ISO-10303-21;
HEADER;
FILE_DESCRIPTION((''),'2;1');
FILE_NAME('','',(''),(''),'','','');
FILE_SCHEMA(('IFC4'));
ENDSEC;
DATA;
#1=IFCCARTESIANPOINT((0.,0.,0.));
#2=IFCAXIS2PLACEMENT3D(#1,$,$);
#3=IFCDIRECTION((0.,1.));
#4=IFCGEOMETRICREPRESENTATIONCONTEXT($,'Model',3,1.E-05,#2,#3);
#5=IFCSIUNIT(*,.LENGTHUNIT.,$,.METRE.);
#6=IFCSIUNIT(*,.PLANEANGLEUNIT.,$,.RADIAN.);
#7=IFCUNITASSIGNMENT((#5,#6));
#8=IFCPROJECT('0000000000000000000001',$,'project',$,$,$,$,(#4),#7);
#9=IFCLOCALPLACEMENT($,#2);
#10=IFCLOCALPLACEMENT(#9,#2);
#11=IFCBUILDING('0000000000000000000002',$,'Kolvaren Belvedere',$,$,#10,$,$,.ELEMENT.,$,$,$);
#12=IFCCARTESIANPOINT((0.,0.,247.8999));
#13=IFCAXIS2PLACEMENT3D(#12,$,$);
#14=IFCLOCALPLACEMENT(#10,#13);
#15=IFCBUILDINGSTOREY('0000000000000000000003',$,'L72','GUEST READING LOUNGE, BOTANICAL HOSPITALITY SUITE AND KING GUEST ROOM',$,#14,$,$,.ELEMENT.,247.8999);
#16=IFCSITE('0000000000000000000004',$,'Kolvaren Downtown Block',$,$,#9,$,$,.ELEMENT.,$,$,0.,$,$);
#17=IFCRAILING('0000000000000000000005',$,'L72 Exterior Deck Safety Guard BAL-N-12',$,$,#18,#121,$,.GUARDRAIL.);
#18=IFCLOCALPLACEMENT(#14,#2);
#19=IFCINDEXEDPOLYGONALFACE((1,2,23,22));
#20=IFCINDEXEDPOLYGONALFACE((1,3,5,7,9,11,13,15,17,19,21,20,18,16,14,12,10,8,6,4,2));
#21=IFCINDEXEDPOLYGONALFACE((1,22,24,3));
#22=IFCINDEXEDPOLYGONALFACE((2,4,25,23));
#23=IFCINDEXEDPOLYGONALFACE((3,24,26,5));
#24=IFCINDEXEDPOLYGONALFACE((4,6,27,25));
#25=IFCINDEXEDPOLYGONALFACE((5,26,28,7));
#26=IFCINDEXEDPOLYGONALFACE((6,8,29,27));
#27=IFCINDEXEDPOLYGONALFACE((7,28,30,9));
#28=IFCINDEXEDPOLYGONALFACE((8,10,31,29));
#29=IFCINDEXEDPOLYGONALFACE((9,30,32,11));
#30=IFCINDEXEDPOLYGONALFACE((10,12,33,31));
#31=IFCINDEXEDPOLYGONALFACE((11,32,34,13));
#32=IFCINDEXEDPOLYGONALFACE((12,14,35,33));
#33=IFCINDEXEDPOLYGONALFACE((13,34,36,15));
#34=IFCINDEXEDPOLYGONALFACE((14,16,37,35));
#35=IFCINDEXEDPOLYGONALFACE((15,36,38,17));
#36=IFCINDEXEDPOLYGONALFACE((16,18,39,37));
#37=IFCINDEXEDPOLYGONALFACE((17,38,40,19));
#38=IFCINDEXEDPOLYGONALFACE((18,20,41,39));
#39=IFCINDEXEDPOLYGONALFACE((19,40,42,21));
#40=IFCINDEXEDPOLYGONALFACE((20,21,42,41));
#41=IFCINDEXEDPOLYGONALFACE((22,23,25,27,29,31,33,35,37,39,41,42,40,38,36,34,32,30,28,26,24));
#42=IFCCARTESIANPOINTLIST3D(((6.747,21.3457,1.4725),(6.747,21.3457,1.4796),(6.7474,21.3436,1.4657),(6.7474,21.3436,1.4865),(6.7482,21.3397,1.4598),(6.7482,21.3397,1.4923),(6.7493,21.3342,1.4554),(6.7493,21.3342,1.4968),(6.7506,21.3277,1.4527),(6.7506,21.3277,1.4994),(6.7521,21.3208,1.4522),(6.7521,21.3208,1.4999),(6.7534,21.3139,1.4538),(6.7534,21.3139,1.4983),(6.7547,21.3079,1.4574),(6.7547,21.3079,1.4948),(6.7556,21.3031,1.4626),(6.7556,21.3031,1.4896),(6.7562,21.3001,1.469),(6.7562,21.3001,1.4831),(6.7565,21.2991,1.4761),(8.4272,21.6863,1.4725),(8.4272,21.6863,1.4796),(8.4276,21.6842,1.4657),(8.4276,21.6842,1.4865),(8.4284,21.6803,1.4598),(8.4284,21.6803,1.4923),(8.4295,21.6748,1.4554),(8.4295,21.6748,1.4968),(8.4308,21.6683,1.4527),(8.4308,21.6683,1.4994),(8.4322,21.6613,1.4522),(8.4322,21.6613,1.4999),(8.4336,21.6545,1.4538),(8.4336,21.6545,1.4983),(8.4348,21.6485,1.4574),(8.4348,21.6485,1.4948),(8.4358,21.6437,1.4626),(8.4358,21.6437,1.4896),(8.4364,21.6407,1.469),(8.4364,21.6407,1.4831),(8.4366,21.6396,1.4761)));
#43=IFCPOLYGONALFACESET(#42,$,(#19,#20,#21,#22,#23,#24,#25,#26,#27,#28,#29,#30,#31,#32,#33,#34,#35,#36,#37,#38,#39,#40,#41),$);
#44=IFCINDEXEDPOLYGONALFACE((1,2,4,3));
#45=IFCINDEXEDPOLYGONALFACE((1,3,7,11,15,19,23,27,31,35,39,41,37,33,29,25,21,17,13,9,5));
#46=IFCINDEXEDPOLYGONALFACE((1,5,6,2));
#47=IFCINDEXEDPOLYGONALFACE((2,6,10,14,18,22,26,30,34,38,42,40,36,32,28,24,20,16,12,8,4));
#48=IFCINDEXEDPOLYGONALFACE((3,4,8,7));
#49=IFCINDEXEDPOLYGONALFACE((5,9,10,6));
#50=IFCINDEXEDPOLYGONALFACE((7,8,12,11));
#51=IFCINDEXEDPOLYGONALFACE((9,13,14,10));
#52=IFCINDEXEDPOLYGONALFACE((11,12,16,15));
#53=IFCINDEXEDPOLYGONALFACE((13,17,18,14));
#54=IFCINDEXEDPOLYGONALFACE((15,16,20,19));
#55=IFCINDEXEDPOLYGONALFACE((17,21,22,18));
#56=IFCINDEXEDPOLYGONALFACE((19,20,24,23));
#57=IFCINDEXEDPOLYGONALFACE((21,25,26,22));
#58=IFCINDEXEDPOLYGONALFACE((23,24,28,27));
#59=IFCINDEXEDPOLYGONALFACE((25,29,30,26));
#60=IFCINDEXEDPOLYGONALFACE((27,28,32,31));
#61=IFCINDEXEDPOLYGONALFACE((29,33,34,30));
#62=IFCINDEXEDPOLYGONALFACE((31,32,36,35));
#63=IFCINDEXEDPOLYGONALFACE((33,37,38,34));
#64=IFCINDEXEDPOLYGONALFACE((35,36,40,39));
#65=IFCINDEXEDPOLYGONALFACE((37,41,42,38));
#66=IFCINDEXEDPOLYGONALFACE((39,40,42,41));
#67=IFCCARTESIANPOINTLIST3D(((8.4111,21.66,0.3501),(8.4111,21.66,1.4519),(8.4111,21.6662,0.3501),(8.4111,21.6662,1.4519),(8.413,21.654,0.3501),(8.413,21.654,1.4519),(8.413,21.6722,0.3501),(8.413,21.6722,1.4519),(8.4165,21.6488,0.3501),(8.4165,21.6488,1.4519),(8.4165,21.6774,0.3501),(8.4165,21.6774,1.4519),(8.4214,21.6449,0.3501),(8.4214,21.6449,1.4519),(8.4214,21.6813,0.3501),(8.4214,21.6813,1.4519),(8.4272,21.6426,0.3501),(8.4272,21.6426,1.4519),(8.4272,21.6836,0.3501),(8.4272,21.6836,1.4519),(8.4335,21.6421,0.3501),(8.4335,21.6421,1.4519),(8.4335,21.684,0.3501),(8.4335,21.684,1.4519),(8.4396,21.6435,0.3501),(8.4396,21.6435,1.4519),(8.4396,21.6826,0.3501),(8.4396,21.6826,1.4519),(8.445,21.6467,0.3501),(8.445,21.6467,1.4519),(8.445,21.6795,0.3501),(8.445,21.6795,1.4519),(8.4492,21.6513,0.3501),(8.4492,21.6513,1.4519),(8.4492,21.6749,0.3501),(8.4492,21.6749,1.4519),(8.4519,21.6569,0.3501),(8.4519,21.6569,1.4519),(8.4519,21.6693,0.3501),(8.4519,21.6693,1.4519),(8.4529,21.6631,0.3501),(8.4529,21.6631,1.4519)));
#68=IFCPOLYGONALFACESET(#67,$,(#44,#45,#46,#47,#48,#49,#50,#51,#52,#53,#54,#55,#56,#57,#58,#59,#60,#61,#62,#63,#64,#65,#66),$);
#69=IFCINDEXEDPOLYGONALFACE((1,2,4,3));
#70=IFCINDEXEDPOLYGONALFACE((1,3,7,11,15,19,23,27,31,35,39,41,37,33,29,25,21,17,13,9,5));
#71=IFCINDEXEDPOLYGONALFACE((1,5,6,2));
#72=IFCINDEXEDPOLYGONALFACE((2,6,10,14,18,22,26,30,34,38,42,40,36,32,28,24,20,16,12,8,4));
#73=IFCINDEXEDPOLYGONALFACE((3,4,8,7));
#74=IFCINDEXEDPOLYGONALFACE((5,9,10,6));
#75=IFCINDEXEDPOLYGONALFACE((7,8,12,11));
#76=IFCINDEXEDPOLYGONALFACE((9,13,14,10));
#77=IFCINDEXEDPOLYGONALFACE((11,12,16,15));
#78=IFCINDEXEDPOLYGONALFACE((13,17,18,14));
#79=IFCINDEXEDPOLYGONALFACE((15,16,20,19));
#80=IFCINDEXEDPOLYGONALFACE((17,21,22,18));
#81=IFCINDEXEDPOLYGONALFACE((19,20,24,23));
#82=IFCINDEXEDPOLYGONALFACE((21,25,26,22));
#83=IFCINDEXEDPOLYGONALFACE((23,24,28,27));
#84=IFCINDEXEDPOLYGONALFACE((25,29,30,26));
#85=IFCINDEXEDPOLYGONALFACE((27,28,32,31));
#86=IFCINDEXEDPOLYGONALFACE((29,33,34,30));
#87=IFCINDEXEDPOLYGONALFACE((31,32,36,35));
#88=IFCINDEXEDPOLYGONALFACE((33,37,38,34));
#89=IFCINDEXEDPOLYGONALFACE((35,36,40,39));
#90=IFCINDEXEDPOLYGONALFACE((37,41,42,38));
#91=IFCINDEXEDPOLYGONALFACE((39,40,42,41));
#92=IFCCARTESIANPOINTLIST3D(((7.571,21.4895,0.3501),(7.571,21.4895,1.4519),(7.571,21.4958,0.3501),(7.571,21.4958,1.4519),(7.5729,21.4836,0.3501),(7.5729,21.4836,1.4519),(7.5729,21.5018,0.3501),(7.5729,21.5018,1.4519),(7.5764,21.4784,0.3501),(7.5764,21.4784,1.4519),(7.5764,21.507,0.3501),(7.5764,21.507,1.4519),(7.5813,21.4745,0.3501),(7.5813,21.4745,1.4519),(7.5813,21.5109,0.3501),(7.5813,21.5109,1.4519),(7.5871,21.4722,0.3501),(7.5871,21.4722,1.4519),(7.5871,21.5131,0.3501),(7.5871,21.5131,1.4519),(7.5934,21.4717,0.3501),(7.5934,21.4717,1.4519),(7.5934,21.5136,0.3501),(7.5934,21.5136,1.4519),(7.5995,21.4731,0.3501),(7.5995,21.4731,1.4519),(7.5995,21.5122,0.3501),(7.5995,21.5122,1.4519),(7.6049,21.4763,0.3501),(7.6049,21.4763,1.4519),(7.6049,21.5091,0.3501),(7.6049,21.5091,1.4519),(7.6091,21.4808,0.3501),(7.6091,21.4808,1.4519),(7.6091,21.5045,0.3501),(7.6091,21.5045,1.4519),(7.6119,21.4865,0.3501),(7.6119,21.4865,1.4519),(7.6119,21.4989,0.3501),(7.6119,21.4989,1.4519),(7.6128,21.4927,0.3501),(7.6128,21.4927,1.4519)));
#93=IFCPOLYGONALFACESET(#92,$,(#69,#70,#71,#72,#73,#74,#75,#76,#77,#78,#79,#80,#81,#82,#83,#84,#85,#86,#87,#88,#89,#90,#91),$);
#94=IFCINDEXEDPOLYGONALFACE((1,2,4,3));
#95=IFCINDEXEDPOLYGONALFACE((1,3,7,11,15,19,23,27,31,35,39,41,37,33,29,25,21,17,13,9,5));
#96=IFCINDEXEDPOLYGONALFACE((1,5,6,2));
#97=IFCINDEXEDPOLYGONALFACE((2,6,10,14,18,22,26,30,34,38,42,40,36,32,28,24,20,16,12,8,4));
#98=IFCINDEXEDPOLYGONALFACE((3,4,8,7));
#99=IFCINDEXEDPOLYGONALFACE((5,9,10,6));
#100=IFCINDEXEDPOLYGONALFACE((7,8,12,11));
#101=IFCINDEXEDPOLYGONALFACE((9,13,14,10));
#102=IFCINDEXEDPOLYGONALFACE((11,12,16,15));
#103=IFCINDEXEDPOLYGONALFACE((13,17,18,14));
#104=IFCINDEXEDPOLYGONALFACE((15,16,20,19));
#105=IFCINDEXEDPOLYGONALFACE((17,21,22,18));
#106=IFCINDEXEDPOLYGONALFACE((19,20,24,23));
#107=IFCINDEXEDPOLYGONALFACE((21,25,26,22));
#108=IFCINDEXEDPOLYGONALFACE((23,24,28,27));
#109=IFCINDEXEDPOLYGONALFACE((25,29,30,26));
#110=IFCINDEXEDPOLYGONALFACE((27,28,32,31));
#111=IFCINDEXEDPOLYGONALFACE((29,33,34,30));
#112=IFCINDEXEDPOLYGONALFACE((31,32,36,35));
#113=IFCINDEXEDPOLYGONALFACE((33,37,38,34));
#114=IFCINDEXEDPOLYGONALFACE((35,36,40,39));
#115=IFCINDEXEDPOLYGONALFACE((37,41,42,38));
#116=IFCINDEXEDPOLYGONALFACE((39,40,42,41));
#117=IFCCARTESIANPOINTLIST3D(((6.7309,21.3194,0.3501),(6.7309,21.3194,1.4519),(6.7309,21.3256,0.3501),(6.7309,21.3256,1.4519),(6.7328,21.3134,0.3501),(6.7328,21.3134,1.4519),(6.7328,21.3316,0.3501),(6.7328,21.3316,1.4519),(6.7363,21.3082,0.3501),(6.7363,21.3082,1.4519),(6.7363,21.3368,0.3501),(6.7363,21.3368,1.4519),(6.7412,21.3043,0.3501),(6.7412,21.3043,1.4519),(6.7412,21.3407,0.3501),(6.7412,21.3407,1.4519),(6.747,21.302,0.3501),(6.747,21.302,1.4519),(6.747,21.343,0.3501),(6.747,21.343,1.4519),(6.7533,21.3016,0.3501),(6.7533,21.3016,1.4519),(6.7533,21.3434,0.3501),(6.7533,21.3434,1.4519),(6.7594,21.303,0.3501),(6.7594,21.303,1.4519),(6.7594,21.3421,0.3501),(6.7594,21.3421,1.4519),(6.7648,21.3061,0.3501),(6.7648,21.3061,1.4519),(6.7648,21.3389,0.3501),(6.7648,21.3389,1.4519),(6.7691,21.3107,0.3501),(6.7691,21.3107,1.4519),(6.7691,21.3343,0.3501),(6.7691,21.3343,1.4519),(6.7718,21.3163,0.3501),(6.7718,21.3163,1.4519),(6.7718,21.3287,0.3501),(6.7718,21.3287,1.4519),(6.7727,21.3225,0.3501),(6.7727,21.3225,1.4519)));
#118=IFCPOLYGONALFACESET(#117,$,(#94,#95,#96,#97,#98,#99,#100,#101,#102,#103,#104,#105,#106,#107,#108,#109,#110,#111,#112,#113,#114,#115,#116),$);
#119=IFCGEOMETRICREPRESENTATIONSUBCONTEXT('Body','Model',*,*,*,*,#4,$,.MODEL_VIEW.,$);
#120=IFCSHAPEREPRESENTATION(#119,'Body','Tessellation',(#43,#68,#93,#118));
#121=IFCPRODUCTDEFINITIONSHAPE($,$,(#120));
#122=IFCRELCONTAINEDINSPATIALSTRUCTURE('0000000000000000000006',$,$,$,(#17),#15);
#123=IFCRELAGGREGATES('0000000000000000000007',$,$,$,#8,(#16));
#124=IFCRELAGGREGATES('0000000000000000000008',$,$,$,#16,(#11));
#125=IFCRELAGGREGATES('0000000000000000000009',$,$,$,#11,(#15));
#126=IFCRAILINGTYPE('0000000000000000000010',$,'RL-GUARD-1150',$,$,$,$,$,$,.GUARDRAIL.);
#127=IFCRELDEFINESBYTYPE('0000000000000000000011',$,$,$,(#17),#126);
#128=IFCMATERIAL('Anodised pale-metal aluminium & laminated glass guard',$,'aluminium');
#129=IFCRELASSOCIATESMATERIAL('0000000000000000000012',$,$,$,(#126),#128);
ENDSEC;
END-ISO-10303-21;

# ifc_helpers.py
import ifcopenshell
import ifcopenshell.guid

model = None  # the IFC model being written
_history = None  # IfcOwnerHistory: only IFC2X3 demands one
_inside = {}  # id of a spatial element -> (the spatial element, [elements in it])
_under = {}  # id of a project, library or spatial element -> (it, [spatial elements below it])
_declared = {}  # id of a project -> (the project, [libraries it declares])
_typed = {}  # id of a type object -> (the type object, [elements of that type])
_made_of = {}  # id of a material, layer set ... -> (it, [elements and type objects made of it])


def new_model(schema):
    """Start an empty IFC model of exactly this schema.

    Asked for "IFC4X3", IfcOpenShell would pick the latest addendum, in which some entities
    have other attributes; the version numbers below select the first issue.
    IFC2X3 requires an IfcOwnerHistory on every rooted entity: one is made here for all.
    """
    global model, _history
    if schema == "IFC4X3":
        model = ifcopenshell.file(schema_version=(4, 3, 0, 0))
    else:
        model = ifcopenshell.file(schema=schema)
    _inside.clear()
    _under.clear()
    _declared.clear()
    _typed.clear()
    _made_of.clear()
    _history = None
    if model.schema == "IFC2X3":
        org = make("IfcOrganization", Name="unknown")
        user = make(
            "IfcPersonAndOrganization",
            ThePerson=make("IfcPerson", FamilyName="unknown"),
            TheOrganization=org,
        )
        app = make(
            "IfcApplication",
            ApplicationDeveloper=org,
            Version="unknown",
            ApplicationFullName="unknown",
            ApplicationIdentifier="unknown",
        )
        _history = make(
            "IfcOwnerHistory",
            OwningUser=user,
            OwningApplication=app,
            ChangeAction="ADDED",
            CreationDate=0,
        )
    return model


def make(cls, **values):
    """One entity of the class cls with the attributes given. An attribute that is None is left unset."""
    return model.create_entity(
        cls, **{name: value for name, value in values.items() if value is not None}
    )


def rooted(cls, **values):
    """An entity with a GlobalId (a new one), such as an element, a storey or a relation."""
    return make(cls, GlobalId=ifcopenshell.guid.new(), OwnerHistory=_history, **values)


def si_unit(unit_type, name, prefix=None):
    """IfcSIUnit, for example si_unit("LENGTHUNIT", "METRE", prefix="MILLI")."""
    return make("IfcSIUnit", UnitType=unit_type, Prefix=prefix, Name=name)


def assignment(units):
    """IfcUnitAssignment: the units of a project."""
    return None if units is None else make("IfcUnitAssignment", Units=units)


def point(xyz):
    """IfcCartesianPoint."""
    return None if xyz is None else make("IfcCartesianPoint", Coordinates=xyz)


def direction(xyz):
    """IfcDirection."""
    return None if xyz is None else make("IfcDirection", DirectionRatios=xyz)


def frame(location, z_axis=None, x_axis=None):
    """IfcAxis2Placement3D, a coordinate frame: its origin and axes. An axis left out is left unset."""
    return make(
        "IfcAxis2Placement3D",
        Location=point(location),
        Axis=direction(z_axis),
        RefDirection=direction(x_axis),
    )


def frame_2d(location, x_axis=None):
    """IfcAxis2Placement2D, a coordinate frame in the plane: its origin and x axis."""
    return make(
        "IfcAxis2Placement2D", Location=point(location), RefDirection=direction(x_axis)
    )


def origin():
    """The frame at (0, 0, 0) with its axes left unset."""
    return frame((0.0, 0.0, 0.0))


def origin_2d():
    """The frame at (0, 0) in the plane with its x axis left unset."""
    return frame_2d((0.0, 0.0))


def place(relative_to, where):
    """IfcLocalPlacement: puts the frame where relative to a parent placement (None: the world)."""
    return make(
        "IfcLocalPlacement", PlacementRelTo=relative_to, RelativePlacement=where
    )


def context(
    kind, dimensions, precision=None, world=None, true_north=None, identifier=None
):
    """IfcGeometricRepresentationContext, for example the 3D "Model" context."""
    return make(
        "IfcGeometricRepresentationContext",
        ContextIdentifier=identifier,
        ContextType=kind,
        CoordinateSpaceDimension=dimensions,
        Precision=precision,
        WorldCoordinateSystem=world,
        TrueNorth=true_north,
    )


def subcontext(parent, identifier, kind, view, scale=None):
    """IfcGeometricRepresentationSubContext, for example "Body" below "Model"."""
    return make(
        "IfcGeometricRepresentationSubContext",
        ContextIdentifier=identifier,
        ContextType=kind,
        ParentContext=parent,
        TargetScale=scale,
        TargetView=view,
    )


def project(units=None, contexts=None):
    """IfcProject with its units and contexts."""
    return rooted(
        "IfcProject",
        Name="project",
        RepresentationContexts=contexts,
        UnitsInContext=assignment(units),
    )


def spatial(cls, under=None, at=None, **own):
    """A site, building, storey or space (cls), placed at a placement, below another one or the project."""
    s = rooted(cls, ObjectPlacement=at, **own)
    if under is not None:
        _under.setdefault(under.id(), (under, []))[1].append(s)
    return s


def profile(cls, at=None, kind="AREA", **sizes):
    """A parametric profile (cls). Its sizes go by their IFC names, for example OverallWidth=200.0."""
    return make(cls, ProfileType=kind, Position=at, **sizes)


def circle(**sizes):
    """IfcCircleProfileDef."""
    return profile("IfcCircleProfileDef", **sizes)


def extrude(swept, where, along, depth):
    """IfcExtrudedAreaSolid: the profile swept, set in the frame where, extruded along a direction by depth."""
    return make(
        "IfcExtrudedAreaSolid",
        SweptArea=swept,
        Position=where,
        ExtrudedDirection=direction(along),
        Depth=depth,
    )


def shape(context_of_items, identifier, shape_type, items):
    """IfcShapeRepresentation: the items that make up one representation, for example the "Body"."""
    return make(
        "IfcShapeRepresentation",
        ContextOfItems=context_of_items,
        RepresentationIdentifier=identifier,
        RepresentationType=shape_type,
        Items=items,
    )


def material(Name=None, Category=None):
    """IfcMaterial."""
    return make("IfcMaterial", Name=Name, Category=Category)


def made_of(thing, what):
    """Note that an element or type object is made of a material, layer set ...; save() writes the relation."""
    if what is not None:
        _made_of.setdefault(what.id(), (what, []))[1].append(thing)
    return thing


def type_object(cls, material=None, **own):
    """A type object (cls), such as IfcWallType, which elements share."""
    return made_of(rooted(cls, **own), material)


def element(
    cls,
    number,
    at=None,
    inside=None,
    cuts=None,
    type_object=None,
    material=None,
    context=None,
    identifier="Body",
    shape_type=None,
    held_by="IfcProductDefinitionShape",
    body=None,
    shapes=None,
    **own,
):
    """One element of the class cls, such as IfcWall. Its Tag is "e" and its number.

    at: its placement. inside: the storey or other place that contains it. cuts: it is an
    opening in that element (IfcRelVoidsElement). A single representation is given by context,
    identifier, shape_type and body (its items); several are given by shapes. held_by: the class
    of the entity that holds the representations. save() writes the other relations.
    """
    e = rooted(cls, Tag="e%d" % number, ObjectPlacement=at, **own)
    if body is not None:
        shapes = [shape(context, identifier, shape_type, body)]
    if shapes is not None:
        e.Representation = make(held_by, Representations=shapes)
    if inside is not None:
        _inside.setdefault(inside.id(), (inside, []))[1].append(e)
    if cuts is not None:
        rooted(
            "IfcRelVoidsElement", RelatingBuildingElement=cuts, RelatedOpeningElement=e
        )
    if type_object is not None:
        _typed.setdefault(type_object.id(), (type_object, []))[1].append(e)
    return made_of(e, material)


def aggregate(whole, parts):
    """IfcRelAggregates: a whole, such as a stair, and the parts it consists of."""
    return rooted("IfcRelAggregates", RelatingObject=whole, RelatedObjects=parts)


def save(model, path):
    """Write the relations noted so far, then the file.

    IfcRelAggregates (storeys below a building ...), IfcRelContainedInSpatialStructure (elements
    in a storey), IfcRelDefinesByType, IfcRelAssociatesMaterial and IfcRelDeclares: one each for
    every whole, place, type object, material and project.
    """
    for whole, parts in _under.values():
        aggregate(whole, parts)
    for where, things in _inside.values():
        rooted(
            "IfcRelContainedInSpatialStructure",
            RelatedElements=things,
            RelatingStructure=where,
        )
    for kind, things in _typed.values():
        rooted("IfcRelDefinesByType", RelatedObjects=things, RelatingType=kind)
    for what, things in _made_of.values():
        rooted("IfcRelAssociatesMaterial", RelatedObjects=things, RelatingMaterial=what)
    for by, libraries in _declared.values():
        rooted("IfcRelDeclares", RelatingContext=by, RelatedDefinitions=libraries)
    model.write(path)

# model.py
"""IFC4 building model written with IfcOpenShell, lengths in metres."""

from ifc_helpers import new_model, si_unit, direction, frame, origin, origin_2d, place, context, subcontext, project, spatial, circle, extrude, material, type_object, element, save


model = new_model("IFC4")

# Units and contexts
model_context = context("Model", 3, precision=1e-05, world=origin(), true_north=direction((0.0, 1.0)))
body_context = subcontext(model_context, "Body", "Model", "MODEL_VIEW")
ifc_project = project(units=[si_unit("LENGTHUNIT", "METRE"), si_unit("PLANEANGLEUNIT", "RADIAN")], contexts=[model_context])

# Site, building, storey
site_placement = place(None, origin())
site = spatial("IfcSite", under=ifc_project, at=site_placement, Name="Kolvaren Downtown Block", CompositionType="ELEMENT", RefElevation=0.0)
building_placement = place(site_placement, origin())
building = spatial("IfcBuilding", under=site, at=building_placement, Name="Kolvaren Belvedere", CompositionType="ELEMENT")
storey_placement = place(building_placement, frame((0.0, 0.0, 247.8999)))
storey = spatial("IfcBuildingStorey", under=building, at=storey_placement, Name="L72", Description="GUEST READING LOUNGE, BOTANICAL HOSPITALITY SUITE AND KING GUEST ROOM", CompositionType="ELEMENT", Elevation=247.8999)

# Railing
ifc_material_1 = material(Name="Anodised pale-metal aluminium & laminated glass guard", Category="aluminium")
railing_type = type_object("IfcRailingType", Name="RL-GUARD-1150", PredefinedType="GUARDRAIL", material=ifc_material_1)
railing_1_placement = place(storey_placement, frame((8.4319, 21.6631, 0.3501)))
element("IfcRailing", 1, at=railing_1_placement, inside=storey, type_object=railing_type, Name="L72 Exterior Deck Safety Guard BAL-N-12", PredefinedType="GUARDRAIL", context=body_context, shape_type="SweptSolid", body=[
    extrude(circle(Radius=0.0239, at=origin_2d()), frame((0.0, 0.0, 1.126), z_axis=(-0.980068, -0.198662, 0.0), x_axis=(0.198662, -0.980068, 0.0)), (0.0, 0.0, 1.0), 1.7144),
    extrude(circle(Radius=0.021, at=origin_2d()), origin(), (0.0, 0.0, 1.0), 1.1018),
    extrude(circle(Radius=0.021, at=origin_2d()), frame((-0.8401, -0.1704, 0.0)), (0.0, 0.0, 1.0), 1.1018),
    extrude(circle(Radius=0.021, at=origin_2d()), frame((-1.6802, -0.3406, 0.0)), (0.0, 0.0, 1.0), 1.1018),
])

save(model, "model.ifc")
